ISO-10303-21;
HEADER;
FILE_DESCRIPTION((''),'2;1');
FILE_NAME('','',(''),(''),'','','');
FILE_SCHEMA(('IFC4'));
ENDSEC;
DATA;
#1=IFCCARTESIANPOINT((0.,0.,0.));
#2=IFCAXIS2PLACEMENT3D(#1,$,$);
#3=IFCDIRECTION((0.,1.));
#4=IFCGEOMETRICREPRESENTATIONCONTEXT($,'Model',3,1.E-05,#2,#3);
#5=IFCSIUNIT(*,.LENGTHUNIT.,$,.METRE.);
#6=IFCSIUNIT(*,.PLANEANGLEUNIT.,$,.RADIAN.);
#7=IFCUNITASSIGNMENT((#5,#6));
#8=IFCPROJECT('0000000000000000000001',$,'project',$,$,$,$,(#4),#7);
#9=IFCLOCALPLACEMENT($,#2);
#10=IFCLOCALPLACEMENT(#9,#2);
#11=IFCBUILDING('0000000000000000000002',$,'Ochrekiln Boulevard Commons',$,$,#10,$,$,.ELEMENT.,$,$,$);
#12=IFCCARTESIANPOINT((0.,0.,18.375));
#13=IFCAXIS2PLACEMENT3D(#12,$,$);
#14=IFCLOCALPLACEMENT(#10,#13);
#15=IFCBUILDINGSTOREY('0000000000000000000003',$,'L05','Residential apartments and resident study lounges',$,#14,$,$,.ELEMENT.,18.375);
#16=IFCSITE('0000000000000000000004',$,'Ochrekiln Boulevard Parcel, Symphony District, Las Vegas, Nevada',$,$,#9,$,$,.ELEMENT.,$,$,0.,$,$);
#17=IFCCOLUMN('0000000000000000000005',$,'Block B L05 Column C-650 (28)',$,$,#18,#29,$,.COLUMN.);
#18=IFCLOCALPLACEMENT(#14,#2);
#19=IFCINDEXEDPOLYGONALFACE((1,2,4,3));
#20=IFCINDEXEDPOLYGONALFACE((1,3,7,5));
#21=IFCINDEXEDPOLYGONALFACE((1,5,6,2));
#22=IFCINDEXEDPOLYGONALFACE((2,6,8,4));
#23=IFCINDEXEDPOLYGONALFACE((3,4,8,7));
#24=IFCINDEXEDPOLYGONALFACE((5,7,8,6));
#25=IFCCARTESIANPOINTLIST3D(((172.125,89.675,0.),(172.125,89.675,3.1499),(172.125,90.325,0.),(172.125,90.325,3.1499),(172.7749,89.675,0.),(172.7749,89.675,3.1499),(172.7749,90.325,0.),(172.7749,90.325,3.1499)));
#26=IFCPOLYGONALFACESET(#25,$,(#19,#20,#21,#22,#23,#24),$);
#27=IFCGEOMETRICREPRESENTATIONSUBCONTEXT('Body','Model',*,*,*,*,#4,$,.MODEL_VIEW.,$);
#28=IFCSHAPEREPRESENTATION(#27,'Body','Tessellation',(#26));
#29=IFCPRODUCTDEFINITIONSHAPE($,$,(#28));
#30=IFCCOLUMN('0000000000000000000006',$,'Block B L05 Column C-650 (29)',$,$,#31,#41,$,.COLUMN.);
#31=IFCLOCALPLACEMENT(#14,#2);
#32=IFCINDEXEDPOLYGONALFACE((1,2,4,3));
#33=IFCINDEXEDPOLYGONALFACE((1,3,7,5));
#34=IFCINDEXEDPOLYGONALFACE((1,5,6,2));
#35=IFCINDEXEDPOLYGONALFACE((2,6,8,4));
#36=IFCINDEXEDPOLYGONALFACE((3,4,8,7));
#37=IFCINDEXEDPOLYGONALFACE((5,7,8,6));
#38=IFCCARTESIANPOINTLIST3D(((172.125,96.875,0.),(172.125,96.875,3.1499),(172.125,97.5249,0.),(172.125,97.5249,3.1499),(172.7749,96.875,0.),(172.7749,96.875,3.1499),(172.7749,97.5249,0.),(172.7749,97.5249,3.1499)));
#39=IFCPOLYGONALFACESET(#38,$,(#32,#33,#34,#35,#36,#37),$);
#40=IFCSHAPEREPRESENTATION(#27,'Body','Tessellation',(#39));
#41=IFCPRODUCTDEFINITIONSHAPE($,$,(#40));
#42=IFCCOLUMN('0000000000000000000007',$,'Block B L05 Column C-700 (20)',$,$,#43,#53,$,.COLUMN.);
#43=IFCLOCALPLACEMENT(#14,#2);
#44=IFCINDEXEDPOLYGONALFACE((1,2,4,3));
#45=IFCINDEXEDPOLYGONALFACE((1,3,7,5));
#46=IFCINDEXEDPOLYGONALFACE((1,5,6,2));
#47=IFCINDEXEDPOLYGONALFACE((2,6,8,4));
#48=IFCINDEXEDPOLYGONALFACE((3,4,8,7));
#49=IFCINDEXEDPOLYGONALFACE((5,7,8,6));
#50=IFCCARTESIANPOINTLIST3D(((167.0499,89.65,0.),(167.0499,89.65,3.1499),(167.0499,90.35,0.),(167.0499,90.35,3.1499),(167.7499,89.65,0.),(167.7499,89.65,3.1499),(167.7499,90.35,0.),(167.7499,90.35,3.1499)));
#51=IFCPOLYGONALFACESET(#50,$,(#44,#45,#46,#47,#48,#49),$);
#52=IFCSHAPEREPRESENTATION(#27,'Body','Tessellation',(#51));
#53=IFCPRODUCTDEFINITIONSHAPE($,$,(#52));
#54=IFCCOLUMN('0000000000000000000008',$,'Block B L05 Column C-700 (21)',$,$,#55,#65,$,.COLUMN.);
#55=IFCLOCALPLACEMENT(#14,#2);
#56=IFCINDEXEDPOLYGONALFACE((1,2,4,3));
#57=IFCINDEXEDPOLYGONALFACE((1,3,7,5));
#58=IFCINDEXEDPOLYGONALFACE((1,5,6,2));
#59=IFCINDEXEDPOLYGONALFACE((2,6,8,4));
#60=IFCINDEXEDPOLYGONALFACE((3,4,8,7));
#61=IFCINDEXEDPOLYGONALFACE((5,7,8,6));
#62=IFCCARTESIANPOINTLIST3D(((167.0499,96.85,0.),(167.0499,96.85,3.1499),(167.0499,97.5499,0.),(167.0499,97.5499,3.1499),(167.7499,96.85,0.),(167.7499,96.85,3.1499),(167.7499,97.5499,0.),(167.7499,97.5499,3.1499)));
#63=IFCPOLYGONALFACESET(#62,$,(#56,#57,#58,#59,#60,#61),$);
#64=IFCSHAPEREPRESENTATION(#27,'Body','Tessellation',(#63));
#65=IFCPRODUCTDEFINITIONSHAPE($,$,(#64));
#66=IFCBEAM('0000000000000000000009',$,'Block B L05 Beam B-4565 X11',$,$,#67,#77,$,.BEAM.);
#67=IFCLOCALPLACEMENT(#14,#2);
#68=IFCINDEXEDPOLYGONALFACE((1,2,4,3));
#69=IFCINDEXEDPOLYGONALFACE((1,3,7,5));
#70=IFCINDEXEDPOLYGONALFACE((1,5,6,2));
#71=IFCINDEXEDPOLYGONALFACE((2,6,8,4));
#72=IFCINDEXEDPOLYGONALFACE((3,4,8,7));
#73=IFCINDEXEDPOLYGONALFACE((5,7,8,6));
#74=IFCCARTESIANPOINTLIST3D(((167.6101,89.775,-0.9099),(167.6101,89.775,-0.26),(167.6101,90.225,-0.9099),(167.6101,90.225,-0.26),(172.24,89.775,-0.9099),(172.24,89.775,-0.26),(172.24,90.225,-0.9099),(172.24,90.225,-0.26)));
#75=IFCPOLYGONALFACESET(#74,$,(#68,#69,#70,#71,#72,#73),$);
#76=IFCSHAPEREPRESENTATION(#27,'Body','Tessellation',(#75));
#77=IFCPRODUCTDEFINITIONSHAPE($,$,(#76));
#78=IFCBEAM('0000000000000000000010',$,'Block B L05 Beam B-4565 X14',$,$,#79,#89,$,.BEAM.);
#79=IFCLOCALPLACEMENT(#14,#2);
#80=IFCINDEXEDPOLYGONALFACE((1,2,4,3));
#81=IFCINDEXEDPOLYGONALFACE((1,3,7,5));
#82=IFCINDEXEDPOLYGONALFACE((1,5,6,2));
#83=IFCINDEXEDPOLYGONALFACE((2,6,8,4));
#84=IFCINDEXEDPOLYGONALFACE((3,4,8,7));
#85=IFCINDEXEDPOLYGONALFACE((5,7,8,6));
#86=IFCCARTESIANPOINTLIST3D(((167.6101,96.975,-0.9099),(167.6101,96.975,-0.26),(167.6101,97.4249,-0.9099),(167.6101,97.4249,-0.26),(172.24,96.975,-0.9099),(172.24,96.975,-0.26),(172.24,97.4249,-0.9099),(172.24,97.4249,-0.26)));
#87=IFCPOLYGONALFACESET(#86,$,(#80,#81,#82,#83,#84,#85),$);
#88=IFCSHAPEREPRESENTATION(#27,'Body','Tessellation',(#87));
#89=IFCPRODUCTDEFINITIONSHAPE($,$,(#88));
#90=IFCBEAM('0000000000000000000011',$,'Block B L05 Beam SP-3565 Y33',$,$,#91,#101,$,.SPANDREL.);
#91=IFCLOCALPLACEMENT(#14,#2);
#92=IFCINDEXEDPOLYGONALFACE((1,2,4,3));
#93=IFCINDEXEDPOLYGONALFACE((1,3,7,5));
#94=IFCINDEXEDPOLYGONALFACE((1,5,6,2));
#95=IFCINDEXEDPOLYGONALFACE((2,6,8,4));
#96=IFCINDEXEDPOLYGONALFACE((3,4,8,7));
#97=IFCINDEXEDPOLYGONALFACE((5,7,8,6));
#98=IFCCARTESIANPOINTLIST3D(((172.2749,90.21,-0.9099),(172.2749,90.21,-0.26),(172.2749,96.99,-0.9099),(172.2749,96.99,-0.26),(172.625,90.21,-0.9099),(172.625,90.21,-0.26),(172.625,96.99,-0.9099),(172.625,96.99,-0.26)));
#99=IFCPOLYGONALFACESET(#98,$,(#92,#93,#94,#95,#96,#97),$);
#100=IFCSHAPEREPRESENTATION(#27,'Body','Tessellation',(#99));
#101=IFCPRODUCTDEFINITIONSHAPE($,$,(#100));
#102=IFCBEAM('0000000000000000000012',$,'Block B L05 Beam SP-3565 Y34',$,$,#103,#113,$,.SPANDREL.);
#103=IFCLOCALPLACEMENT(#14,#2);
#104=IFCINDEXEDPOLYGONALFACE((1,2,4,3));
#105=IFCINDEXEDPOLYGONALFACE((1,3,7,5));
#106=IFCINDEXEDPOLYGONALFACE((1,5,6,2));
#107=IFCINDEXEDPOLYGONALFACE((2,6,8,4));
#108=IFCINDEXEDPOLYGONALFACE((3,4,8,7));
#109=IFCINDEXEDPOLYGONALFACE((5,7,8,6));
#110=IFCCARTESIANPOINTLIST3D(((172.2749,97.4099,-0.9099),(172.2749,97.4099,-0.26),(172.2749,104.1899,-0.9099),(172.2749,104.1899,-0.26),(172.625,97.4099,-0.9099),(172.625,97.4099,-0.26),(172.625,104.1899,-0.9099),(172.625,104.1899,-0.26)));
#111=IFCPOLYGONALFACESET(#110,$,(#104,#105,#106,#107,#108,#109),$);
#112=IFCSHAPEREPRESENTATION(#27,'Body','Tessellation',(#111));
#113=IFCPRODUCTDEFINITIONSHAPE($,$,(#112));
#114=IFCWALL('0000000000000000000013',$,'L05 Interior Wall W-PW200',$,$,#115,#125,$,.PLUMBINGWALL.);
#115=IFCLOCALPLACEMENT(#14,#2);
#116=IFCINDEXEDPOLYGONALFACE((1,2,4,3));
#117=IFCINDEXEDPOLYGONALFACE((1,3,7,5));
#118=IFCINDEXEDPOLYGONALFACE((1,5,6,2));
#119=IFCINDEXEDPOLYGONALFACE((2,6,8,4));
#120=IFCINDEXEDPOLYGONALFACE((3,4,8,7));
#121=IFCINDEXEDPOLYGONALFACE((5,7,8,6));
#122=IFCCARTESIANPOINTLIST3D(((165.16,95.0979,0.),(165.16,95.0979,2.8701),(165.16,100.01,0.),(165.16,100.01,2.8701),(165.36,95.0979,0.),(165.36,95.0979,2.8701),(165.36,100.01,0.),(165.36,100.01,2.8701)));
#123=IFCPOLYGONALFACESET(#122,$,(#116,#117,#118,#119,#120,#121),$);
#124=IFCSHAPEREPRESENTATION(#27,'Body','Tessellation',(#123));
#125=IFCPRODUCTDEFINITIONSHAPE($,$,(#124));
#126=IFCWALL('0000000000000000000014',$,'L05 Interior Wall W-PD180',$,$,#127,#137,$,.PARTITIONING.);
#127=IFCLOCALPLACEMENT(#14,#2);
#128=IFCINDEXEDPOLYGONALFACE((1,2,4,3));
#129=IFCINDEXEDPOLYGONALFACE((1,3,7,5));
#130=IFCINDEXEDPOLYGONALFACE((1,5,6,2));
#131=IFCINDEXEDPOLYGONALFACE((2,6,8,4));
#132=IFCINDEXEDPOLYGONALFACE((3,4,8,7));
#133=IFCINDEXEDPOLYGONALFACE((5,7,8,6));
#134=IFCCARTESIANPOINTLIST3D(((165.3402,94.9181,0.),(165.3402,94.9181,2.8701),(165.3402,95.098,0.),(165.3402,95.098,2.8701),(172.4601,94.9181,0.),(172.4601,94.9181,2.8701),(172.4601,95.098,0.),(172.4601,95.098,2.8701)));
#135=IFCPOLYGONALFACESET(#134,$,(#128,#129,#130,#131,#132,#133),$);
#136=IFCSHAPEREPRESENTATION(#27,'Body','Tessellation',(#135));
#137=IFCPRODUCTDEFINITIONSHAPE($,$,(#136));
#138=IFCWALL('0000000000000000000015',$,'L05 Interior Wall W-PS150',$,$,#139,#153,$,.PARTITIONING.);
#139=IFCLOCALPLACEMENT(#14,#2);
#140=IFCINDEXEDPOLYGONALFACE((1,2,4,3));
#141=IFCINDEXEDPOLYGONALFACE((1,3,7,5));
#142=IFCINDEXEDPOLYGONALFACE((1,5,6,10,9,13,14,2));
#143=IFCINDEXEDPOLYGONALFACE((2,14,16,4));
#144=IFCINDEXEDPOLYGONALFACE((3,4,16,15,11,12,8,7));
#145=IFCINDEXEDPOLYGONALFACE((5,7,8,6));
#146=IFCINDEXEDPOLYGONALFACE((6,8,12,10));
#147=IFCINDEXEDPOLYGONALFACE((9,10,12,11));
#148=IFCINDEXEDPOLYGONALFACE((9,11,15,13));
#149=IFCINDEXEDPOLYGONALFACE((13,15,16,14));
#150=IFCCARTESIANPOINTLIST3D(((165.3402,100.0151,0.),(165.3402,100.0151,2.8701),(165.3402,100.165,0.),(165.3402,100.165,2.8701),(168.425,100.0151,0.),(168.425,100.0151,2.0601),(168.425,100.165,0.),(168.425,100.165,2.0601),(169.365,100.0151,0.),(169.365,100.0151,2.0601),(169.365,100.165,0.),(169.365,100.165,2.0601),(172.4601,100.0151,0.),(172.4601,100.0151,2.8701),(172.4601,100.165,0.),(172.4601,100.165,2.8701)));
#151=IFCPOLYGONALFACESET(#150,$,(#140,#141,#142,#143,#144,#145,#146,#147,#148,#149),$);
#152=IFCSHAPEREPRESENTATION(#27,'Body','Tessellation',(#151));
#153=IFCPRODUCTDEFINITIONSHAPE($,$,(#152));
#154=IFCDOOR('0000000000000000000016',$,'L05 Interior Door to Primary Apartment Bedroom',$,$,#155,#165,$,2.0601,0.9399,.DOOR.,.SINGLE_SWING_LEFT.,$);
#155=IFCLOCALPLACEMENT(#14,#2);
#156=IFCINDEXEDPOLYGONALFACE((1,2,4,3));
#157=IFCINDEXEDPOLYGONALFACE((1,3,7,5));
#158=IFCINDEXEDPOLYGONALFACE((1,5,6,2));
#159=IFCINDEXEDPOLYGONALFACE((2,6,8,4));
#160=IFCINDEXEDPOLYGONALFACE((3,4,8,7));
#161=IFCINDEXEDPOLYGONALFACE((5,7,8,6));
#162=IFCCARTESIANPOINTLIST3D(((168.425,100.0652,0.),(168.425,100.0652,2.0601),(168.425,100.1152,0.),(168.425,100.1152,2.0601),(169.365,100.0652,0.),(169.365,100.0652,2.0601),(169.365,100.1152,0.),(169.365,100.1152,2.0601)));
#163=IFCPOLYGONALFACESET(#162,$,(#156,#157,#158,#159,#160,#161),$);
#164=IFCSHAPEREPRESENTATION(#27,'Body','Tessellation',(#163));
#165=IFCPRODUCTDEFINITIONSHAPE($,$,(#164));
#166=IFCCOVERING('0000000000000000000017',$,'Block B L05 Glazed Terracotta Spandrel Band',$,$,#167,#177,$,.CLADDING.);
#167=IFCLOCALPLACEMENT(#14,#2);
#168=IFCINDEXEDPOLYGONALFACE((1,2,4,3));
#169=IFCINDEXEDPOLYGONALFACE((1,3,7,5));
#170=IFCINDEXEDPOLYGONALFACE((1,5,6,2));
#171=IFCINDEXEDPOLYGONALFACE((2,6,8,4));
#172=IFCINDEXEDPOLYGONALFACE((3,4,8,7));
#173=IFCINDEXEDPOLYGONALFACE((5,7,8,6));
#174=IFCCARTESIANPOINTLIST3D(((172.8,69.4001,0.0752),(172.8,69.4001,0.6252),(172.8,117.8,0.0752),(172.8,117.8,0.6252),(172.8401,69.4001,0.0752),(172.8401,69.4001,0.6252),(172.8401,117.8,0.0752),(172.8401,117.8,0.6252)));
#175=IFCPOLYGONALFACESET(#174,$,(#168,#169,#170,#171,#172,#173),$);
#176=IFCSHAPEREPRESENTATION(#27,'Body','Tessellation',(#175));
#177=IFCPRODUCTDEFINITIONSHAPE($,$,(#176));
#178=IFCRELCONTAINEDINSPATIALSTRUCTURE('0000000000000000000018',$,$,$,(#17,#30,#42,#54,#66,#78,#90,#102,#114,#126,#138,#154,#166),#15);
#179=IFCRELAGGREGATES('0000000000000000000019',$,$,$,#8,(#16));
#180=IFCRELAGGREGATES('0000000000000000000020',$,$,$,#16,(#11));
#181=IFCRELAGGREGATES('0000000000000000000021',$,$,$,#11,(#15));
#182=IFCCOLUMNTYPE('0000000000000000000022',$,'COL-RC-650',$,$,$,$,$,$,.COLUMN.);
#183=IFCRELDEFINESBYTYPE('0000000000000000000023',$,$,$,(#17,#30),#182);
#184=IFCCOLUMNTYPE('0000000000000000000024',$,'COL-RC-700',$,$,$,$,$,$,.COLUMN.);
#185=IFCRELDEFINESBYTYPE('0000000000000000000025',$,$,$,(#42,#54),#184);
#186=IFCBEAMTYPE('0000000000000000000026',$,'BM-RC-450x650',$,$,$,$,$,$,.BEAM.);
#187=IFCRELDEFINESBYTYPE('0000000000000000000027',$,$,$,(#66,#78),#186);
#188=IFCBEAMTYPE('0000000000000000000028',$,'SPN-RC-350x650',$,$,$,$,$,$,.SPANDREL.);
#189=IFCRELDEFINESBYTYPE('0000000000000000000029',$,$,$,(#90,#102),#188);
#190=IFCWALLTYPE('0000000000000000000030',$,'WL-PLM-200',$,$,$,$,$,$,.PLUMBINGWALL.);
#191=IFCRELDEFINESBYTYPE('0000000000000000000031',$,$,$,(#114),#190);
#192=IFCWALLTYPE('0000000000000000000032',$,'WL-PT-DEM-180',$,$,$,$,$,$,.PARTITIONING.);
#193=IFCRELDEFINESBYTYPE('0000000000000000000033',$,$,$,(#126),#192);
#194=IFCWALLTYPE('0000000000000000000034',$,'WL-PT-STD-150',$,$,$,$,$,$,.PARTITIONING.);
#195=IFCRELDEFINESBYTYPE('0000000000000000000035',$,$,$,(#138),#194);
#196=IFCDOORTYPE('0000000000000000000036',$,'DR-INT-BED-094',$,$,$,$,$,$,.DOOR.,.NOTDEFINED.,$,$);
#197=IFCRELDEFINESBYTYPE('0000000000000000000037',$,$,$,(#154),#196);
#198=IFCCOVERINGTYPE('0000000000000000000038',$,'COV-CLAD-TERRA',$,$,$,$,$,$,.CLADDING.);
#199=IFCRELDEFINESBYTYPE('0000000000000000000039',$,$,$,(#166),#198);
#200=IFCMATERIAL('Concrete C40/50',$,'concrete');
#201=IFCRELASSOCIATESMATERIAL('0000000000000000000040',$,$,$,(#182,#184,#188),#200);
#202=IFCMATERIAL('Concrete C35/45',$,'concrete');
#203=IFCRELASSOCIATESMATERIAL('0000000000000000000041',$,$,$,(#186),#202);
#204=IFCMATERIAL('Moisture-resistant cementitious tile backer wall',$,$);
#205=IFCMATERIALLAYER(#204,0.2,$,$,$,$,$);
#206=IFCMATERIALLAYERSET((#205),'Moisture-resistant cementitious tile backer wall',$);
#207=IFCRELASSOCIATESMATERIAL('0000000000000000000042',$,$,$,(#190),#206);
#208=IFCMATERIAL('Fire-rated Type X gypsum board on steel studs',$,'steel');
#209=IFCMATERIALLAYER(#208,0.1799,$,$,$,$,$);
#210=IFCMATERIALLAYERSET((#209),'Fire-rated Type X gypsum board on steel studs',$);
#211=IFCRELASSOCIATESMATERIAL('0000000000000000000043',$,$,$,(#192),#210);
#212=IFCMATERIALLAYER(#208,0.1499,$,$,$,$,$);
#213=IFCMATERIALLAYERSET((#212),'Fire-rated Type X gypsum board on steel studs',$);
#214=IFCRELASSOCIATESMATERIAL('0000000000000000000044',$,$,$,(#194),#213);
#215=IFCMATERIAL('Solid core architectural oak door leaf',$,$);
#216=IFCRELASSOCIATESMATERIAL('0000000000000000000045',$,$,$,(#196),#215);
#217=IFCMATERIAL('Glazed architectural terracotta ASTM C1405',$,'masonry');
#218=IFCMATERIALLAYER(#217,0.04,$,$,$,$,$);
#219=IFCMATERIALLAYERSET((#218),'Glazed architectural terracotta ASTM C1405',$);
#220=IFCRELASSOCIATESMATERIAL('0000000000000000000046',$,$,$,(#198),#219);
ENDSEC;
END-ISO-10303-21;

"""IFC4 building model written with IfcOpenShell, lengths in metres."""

from ifc_helpers import new_model, si_unit, direction, frame, frame_2d, origin, origin_2d, place, context, subcontext, project, spatial, rectangle, extrude, material, layer, layer_set, material_profile, profile_set, type_object, element, fill, save


model = new_model("IFC4")

# Units and contexts
model_context = context("Model", 3, precision=1e-05, world=origin(), true_north=direction((0.0, 1.0)))
body_context = subcontext(model_context, "Body", "Model", "MODEL_VIEW")
ifc_project = project(units=[si_unit("LENGTHUNIT", "METRE"), si_unit("PLANEANGLEUNIT", "RADIAN")], contexts=[model_context])

# Site, building, storey
site_placement = place(None, origin())
site = spatial("IfcSite", under=ifc_project, at=site_placement, Name="Ochrekiln Boulevard Parcel, Symphony District, Las Vegas, Nevada", CompositionType="ELEMENT", RefElevation=0.0)
building_placement = place(site_placement, origin())
building = spatial("IfcBuilding", under=site, at=building_placement, Name="Ochrekiln Boulevard Commons", CompositionType="ELEMENT")
storey_placement = place(building_placement, frame((0.0, 0.0, 18.375)))
storey = spatial("IfcBuildingStorey", under=building, at=storey_placement, Name="L05", Description="Residential apartments and resident study lounges", CompositionType="ELEMENT", Elevation=18.375)

# Columns
ifc_material_1 = material(Name="Concrete C40/50", Category="concrete")
ifc_material_profile_1 = material_profile(ifc_material_1, rectangle(XDim=0.6499, YDim=0.6499, at=origin_2d()), Name="RC-COL-650x650")
ifc_profile_set_1 = profile_set([ifc_material_profile_1], Name="Concrete C40/50")
column_type_1 = type_object("IfcColumnType", Name="COL-RC-650", PredefinedType="COLUMN", material=ifc_profile_set_1)
for number, where, z_axis, x_axis, name in (
    (1, (172.45, 90.0, 0.0), (0.0, 0.0, 1.0), (1.0, 0.0, 0.0), "Block B L05 Column C-650 (28)"),
    (2, (172.45, 97.2, 0.0), (0.0, 0.0, 1.0), (1.0, 0.0, 0.0), "Block B L05 Column C-650 (29)"),
):
    element("IfcColumn", number, at=place(storey_placement, frame(where, z_axis=z_axis, x_axis=x_axis)), inside=storey, type_object=column_type_1, Name=name, PredefinedType="COLUMN", context=body_context, shape_type="SweptSolid", body=[
        extrude(rectangle(XDim=0.6499, YDim=0.6499, at=origin_2d()), origin(), (0.0, 0.0, 1.0), 3.1499),
    ])
ifc_material_profile_2 = material_profile(ifc_material_1, rectangle(XDim=0.7, YDim=0.7, at=origin_2d()), Name="RC-COL-700x700")
ifc_profile_set_2 = profile_set([ifc_material_profile_2], Name="Concrete C40/50")
column_type_2 = type_object("IfcColumnType", Name="COL-RC-700", PredefinedType="COLUMN", material=ifc_profile_set_2)
for number, where, z_axis, x_axis, name in (
    (3, (167.3999, 90.0, 0.0), (0.0, 0.0, 1.0), (1.0, 0.0, 0.0), "Block B L05 Column C-700 (20)"),
    (4, (167.3999, 97.2, 0.0), (0.0, 0.0, 1.0), (1.0, 0.0, 0.0), "Block B L05 Column C-700 (21)"),
):
    element("IfcColumn", number, at=place(storey_placement, frame(where, z_axis=z_axis, x_axis=x_axis)), inside=storey, type_object=column_type_2, Name=name, PredefinedType="COLUMN", context=body_context, shape_type="SweptSolid", body=[
        extrude(rectangle(XDim=0.7, YDim=0.7, at=origin_2d()), origin(), (0.0, 0.0, 1.0), 3.1499),
    ])

# Beams
ifc_material_2 = material(Name="Concrete C35/45", Category="concrete")
ifc_material_profile_3 = material_profile(ifc_material_2, rectangle(XDim=0.45, YDim=0.6499, at=origin_2d()), Name="RC-BM-450x650")
ifc_profile_set_3 = profile_set([ifc_material_profile_3], Name="Concrete C35/45")
beam_type_1 = type_object("IfcBeamType", Name="BM-RC-450x650", PredefinedType="BEAM", material=ifc_profile_set_3)
for number, where, z_axis, x_axis, name in (
    (5, (167.6101, 90.0, -0.585), (1.0, 0.0, 0.0), (0.0, 1.0, 0.0), "Block B L05 Beam B-4565 X11"),
    (6, (167.6101, 97.2, -0.585), (1.0, 0.0, 0.0), (0.0, 1.0, 0.0), "Block B L05 Beam B-4565 X14"),
):
    element("IfcBeam", number, at=place(storey_placement, frame(where, z_axis=z_axis, x_axis=x_axis)), inside=storey, type_object=beam_type_1, Name=name, PredefinedType="BEAM", context=body_context, shape_type="SweptSolid", body=[
        extrude(rectangle(XDim=0.45, YDim=0.6499, at=origin_2d()), origin(), (0.0, 0.0, 1.0), 4.6299),
    ])
ifc_material_profile_4 = material_profile(ifc_material_1, rectangle(XDim=0.3501, YDim=0.6499, at=origin_2d()), Name="RC-SPN-350x650")
ifc_profile_set_4 = profile_set([ifc_material_profile_4], Name="Concrete C40/50")
beam_type_2 = type_object("IfcBeamType", Name="SPN-RC-350x650", PredefinedType="SPANDREL", material=ifc_profile_set_4)
for number, where, z_axis, x_axis, name in (
    (7, (172.45, 90.21, -0.585), (0.0, 1.0, 0.0), (-1.0, 0.0, 0.0), "Block B L05 Beam SP-3565 Y33"),
    (8, (172.45, 97.4099, -0.585), (0.0, 1.0, 0.0), (-1.0, 0.0, 0.0), "Block B L05 Beam SP-3565 Y34"),
):
    element("IfcBeam", number, at=place(storey_placement, frame(where, z_axis=z_axis, x_axis=x_axis)), inside=storey, type_object=beam_type_2, Name=name, PredefinedType="SPANDREL", context=body_context, shape_type="SweptSolid", body=[
        extrude(rectangle(XDim=0.3501, YDim=0.6499, at=origin_2d()), origin(), (0.0, 0.0, 1.0), 6.78),
    ])

# Walls
ifc_material_3 = material(Name="Moisture-resistant cementitious tile backer wall")
ifc_layer_1 = layer(ifc_material_3, 0.2)
ifc_layer_set_1 = layer_set([ifc_layer_1], Name="Moisture-resistant cementitious tile backer wall")
wall_type_1 = type_object("IfcWallType", Name="WL-PLM-200", PredefinedType="PLUMBINGWALL", material=ifc_layer_set_1)
wall_1_placement = place(storey_placement, frame((165.26, 95.0979, 0.0), z_axis=(0.0, 0.0, 1.0), x_axis=(0.0, 1.0, 0.0)))
element("IfcWall", 9, at=wall_1_placement, inside=storey, type_object=wall_type_1, Name="L05 Interior Wall W-PW200", PredefinedType="PLUMBINGWALL", context=body_context, shape_type="SweptSolid", body=[
    extrude(rectangle(XDim=4.9121, YDim=0.2, at=frame_2d((2.4561, 0.0))), origin(), (0.0, 0.0, 1.0), 2.8701),
])
ifc_material_4 = material(Name="Fire-rated Type X gypsum board on steel studs", Category="steel")
ifc_layer_2 = layer(ifc_material_4, 0.1799)
ifc_layer_set_2 = layer_set([ifc_layer_2], Name="Fire-rated Type X gypsum board on steel studs")
wall_type_2 = type_object("IfcWallType", Name="WL-PT-DEM-180", PredefinedType="PARTITIONING", material=ifc_layer_set_2)
wall_2_placement = place(storey_placement, frame((165.3401, 95.0081, 0.0), z_axis=(0.0, 0.0, 1.0), x_axis=(1.0, 0.0, 0.0)))
element("IfcWall", 10, at=wall_2_placement, inside=storey, type_object=wall_type_2, Name="L05 Interior Wall W-PD180", PredefinedType="PARTITIONING", context=body_context, shape_type="SweptSolid", body=[
    extrude(rectangle(XDim=7.1199, YDim=0.1799, at=frame_2d((3.5601, 0.0))), origin(), (0.0, 0.0, 1.0), 2.8701),
])

# Wall, opening, door
ifc_layer_3 = layer(ifc_material_4, 0.1499)
ifc_layer_set_3 = layer_set([ifc_layer_3], Name="Fire-rated Type X gypsum board on steel studs")
wall_type_3 = type_object("IfcWallType", Name="WL-PT-STD-150", PredefinedType="PARTITIONING", material=ifc_layer_set_3)
wall_3_placement = place(storey_placement, frame((165.3401, 100.0901, 0.0), z_axis=(0.0, 0.0, 1.0), x_axis=(1.0, 0.0, 0.0)))
wall_3 = element("IfcWall", 11, at=wall_3_placement, inside=storey, type_object=wall_type_3, Name="L05 Interior Wall W-PS150", PredefinedType="PARTITIONING", context=body_context, shape_type="SweptSolid", body=[
    extrude(rectangle(XDim=7.1199, YDim=0.1499, at=frame_2d((3.5601, 0.0))), origin(), (0.0, 0.0, 1.0), 2.8701),
])
opening_placement = place(wall_3_placement, frame((3.085, 0.0, 0.0)))
opening = element("IfcOpeningElement", 12, at=opening_placement, cuts=wall_3, PredefinedType="OPENING", context=body_context, shape_type="SweptSolid", body=[
    extrude(rectangle(XDim=0.9399, YDim=2.0601, at=frame_2d((0.47, 1.03))), frame((0.0, 0.085, 0.0), z_axis=(0.0, -1.0, 0.0), x_axis=(1.0, 0.0, 0.0)), (0.0, 0.0, 1.0), 0.1699),
])
ifc_material_5 = material(Name="Solid core architectural oak door leaf")
door_type = type_object("IfcDoorType", Name="DR-INT-BED-094", OperationType="NOTDEFINED", PredefinedType="DOOR", material=ifc_material_5)
door_placement = place(opening_placement, frame((0.9399, 0.0, 0.0), z_axis=(0.0, 0.0, 1.0), x_axis=(-1.0, 0.0, 0.0)))
door = element("IfcDoor", 13, at=door_placement, inside=storey, type_object=door_type, Name="L05 Interior Door to Primary Apartment Bedroom", OperationType="SINGLE_SWING_LEFT", OverallHeight=2.0601, OverallWidth=0.9399, PredefinedType="DOOR", context=body_context, shape_type="SweptSolid", body=[
    extrude(rectangle(XDim=0.9399, YDim=2.0601, at=frame_2d((0.47, 1.03))), frame((0.0, 0.0249, 0.0), z_axis=(0.0, -1.0, 0.0), x_axis=(1.0, 0.0, 0.0)), (0.0, 0.0, 1.0), 0.05),
])
fill(opening, door)

# Covering
ifc_material_6 = material(Name="Glazed architectural terracotta ASTM C1405", Category="masonry")
ifc_layer_4 = layer(ifc_material_6, 0.04)
ifc_layer_set_4 = layer_set([ifc_layer_4], Name="Glazed architectural terracotta ASTM C1405")
covering_type = type_object("IfcCoveringType", Name="COV-CLAD-TERRA", PredefinedType="CLADDING", material=ifc_layer_set_4)
covering_placement = place(storey_placement, frame((172.8201, 93.6001, 0.0752), z_axis=(0.0, 0.0, 1.0), x_axis=(1.0, 0.0, 0.0)))
element("IfcCovering", 14, at=covering_placement, inside=storey, type_object=covering_type, Name="Block B L05 Glazed Terracotta Spandrel Band", PredefinedType="CLADDING", context=body_context, shape_type="SweptSolid", body=[
    extrude(rectangle(XDim=0.04, YDim=48.3999, at=origin_2d()), origin(), (0.0, 0.0, 1.0), 0.55),
])

save(model, "model.ifc")
